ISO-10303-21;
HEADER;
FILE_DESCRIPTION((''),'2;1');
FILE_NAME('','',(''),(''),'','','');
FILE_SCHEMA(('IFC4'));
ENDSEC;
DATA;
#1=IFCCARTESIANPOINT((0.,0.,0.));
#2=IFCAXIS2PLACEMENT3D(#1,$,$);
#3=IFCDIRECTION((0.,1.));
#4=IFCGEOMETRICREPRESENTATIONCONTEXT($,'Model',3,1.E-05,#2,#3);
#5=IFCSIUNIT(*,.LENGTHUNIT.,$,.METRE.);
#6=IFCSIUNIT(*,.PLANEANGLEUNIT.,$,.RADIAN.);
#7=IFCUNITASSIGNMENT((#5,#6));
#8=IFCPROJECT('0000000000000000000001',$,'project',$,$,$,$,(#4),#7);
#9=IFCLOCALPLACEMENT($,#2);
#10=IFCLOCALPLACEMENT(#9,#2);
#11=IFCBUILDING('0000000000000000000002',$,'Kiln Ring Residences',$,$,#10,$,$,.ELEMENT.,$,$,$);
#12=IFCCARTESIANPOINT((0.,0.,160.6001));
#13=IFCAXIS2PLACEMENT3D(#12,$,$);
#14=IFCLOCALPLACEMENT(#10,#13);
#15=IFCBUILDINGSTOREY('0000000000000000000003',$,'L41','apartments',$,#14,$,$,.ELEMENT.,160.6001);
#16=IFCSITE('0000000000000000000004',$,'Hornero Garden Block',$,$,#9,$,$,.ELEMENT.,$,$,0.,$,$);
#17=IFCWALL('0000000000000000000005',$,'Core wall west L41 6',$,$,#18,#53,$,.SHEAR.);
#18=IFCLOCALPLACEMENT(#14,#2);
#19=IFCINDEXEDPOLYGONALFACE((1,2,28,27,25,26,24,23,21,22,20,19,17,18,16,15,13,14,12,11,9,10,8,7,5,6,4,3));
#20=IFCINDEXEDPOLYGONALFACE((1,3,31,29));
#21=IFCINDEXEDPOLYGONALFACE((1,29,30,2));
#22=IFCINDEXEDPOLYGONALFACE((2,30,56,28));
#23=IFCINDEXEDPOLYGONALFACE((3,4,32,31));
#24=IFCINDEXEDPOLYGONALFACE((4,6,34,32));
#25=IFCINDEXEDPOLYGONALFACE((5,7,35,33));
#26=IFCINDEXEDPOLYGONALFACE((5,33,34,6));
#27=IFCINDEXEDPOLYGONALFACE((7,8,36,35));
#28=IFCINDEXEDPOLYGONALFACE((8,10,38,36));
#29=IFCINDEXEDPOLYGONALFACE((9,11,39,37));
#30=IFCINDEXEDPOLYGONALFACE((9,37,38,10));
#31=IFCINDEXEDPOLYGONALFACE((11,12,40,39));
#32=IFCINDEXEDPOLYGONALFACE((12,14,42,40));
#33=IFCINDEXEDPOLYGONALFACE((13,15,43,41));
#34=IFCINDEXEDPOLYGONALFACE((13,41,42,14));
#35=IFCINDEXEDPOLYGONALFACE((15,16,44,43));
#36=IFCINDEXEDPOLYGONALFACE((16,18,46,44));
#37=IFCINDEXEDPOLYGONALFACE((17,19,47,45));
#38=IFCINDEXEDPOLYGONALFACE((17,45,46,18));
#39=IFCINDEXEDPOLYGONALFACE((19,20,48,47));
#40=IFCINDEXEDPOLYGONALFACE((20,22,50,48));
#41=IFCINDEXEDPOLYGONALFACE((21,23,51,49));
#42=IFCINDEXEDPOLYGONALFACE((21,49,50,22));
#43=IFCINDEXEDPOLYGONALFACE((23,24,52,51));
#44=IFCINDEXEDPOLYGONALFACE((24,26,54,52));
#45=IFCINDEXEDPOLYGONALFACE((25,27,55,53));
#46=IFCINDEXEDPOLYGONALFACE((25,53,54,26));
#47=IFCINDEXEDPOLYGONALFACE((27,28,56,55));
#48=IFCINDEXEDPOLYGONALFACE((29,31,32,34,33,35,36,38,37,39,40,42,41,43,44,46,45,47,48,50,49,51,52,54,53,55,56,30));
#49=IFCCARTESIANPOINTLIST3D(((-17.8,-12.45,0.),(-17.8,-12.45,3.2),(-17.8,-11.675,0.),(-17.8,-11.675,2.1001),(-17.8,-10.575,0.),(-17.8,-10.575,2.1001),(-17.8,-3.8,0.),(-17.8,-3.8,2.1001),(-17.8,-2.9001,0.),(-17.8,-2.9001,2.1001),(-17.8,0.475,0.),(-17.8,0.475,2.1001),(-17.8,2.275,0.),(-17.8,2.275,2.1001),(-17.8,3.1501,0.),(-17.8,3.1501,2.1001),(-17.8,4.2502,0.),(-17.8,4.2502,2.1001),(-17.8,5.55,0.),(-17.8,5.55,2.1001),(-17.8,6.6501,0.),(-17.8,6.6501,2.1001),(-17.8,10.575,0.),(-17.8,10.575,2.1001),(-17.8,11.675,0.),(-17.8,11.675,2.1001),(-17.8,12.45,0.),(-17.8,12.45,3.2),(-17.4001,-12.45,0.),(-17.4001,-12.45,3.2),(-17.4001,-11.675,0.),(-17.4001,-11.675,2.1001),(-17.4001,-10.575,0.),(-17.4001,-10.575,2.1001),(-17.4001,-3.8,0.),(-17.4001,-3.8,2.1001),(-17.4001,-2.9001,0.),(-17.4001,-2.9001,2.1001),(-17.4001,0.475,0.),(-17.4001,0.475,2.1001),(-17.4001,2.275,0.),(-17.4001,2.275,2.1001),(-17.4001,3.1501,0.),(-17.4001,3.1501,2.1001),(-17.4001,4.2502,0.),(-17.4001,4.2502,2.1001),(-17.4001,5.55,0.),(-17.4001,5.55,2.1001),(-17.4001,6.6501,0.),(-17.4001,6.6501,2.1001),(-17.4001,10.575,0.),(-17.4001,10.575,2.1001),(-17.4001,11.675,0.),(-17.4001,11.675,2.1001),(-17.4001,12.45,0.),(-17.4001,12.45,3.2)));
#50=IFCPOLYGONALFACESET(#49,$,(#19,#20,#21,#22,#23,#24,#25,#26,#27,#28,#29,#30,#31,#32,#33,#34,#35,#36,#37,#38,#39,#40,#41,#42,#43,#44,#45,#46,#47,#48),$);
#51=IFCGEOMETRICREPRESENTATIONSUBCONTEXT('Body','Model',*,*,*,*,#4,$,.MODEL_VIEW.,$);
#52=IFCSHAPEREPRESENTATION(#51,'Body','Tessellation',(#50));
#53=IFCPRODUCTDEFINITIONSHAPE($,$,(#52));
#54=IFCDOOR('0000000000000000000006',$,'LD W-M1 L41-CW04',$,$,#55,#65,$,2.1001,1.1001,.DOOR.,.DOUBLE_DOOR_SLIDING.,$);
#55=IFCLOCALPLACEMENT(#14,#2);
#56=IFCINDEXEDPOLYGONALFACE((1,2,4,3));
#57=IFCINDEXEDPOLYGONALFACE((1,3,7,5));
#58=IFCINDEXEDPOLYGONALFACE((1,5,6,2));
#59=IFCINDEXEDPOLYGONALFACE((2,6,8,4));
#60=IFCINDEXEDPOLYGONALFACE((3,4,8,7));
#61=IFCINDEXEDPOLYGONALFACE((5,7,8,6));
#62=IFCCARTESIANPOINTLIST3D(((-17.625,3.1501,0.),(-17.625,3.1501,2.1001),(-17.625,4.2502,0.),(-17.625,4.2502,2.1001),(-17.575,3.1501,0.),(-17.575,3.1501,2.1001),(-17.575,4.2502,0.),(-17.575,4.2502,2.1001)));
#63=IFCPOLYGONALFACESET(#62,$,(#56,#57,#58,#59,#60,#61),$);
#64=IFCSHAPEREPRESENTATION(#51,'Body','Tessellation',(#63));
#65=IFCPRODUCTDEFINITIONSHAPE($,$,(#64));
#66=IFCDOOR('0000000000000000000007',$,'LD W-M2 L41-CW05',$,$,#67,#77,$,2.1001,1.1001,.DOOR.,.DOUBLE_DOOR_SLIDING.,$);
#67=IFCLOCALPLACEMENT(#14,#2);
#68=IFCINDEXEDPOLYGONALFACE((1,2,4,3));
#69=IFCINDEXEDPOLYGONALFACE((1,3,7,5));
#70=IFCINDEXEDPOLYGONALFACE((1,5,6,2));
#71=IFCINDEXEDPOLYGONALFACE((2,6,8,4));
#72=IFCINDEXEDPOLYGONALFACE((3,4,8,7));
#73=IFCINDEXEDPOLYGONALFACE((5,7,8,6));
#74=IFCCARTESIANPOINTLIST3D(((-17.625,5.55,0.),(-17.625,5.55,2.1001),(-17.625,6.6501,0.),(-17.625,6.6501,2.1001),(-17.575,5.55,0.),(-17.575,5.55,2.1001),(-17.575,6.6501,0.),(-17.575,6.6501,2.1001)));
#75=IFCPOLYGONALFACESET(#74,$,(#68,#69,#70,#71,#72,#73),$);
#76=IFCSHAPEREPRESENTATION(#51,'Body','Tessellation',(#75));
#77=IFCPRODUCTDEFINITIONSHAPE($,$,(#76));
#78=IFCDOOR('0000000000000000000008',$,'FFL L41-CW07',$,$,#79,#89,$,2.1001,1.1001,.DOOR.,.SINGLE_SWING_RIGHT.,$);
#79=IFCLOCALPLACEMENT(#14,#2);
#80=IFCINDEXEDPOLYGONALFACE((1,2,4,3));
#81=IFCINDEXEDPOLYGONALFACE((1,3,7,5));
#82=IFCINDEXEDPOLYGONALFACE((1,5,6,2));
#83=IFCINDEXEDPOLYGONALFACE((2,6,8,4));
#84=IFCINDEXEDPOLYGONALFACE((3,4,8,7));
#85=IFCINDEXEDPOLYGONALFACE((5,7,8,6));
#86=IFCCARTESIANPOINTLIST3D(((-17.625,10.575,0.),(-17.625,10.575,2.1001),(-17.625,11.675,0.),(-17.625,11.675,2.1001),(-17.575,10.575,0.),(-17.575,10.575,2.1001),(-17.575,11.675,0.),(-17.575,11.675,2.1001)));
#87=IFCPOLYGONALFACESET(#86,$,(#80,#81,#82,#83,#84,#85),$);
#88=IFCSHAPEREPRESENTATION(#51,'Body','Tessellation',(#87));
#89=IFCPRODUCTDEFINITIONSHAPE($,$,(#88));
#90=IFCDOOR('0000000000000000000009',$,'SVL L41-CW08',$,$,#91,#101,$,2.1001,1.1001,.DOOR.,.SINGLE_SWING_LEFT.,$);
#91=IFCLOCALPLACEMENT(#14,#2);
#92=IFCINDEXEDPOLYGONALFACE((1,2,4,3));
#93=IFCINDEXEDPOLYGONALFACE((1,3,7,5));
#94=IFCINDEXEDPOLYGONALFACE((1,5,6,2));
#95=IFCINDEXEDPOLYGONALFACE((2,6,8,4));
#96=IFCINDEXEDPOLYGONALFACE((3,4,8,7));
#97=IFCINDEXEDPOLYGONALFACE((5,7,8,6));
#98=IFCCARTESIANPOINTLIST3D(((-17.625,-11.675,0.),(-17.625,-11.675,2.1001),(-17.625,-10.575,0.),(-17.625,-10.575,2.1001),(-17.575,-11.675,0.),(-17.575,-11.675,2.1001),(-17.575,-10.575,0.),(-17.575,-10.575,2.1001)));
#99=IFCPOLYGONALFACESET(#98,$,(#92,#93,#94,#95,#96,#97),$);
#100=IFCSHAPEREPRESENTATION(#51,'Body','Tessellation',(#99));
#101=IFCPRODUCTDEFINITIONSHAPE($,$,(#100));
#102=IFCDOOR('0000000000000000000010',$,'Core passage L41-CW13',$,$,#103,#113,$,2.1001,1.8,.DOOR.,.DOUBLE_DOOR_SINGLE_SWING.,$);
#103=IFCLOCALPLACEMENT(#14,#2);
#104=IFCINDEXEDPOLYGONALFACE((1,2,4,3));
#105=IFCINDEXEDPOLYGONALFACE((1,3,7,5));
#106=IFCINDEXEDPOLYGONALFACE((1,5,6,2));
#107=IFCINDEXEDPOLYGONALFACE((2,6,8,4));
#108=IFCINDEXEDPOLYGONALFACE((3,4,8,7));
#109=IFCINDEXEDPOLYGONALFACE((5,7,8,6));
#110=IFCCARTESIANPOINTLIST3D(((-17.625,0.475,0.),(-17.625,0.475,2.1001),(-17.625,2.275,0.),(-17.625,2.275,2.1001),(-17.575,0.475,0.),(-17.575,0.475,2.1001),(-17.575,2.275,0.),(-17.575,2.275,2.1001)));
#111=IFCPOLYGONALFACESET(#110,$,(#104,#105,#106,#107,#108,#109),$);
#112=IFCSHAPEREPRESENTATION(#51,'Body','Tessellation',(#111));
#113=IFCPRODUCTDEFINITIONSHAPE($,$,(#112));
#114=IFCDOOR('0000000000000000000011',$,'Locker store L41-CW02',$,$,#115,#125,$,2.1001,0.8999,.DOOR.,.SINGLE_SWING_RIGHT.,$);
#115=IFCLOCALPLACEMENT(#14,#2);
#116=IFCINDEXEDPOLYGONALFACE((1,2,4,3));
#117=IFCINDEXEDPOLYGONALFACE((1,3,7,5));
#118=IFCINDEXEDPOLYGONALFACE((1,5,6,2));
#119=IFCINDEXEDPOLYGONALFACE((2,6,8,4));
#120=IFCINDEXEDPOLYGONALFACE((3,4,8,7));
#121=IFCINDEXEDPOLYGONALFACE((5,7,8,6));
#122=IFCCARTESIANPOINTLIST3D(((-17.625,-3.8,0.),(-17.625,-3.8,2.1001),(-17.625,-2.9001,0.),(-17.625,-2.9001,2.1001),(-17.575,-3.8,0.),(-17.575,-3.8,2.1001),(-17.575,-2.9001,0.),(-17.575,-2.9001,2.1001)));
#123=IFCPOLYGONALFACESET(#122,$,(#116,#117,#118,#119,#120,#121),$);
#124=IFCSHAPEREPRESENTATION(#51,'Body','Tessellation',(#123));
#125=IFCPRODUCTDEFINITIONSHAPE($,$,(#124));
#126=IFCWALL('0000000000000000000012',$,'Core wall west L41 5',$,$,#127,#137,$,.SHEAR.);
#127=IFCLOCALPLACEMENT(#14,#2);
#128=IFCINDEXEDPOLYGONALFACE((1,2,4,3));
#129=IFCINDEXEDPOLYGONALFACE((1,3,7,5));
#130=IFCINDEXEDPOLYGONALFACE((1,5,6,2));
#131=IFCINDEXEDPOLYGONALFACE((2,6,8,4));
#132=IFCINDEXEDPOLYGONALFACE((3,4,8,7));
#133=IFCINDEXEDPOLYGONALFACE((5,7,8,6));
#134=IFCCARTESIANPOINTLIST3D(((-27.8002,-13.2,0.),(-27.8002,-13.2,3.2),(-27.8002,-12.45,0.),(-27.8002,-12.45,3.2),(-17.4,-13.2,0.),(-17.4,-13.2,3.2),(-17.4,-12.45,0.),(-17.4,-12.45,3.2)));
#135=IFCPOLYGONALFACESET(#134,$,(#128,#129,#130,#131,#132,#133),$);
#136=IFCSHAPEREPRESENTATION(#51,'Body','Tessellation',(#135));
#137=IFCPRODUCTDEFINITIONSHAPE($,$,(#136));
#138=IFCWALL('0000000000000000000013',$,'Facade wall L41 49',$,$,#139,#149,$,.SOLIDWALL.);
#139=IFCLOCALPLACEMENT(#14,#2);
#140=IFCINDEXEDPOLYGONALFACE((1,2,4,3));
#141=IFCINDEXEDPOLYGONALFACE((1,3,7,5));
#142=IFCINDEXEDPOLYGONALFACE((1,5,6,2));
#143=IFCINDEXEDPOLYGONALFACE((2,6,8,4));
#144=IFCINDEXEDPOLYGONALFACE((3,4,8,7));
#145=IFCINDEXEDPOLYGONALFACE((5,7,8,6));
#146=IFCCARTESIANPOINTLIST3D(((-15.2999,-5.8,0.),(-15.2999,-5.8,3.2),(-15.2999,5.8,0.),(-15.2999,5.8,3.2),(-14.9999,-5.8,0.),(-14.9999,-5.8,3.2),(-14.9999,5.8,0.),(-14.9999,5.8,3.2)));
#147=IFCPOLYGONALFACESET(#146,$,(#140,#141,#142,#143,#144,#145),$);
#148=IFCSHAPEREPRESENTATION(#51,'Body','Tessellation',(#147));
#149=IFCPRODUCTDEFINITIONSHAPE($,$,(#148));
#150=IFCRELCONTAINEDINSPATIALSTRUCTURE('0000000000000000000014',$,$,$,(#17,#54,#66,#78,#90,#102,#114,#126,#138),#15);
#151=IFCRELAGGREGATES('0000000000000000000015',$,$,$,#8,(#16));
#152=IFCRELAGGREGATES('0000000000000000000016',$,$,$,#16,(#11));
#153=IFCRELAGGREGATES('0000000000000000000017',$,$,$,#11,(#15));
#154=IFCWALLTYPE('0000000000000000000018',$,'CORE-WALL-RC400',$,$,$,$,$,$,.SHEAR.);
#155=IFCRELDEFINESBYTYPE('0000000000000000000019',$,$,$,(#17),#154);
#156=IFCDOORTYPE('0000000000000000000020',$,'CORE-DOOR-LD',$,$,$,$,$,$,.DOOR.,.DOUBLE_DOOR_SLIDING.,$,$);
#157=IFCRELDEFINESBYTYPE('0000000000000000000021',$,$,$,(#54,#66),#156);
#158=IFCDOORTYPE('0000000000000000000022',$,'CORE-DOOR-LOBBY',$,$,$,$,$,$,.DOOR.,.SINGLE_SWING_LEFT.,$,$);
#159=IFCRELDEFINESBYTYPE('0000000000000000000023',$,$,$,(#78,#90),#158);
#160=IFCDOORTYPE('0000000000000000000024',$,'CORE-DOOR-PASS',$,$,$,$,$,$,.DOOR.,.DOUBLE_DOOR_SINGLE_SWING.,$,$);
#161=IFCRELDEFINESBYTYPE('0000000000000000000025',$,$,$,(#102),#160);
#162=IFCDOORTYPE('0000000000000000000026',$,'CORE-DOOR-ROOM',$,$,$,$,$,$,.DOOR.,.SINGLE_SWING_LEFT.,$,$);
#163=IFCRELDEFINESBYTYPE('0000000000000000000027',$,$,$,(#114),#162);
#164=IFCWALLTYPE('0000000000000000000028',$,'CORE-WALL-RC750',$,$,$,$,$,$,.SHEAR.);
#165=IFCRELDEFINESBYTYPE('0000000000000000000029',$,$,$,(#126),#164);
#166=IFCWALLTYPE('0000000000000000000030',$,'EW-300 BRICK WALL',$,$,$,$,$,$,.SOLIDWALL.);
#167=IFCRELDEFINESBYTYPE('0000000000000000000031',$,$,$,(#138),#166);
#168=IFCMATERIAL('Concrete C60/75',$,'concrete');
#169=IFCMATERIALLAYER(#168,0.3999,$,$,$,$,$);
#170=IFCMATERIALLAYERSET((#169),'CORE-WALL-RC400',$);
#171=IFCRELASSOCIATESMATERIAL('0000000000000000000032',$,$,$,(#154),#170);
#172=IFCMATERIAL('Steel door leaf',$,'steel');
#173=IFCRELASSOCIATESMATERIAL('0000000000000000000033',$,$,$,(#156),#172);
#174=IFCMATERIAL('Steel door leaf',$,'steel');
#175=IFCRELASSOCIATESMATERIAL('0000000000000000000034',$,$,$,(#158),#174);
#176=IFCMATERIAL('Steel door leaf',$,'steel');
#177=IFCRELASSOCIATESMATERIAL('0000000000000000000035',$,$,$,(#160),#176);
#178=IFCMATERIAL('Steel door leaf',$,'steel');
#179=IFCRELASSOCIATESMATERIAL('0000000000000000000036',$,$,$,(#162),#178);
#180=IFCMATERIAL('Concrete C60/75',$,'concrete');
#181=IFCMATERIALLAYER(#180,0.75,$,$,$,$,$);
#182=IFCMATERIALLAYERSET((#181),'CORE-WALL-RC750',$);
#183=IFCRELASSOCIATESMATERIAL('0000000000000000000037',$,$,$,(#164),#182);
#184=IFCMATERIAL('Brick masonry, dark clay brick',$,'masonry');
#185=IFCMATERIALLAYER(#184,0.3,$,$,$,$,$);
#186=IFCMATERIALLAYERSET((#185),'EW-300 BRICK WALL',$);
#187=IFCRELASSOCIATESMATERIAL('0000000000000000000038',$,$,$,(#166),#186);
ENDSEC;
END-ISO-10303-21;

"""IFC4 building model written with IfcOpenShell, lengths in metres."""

from ifc_helpers import new_model, si_unit, direction, frame, frame_2d, origin, place, context, subcontext, project, spatial, rectangle, extrude, material, layer, layer_set, type_object, element, fill, save


model = new_model("IFC4")

# Units and contexts
model_context = context("Model", 3, precision=1e-05, world=origin(), true_north=direction((0.0, 1.0)))
body_context = subcontext(model_context, "Body", "Model", "MODEL_VIEW")
ifc_project = project(units=[si_unit("LENGTHUNIT", "METRE"), si_unit("PLANEANGLEUNIT", "RADIAN")], contexts=[model_context])

# Site, building, storey
site_placement = place(None, origin())
site = spatial("IfcSite", under=ifc_project, at=site_placement, Name="Hornero Garden Block", CompositionType="ELEMENT", RefElevation=0.0)
building_placement = place(site_placement, origin())
building = spatial("IfcBuilding", under=site, at=building_placement, Name="Kiln Ring Residences", CompositionType="ELEMENT")
storey_placement = place(building_placement, frame((0.0, 0.0, 160.6001)))
storey = spatial("IfcBuildingStorey", under=building, at=storey_placement, Name="L41", Description="apartments", CompositionType="ELEMENT", Elevation=160.6001)

# Wall, openings, doors
ifc_material_1 = material(Name="Concrete C60/75", Category="concrete")
ifc_layer_1 = layer(ifc_material_1, 0.3999)
ifc_layer_set_1 = layer_set([ifc_layer_1], Name="CORE-WALL-RC400")
wall_type_1 = type_object("IfcWallType", Name="CORE-WALL-RC400", PredefinedType="SHEAR", material=ifc_layer_set_1)
wall_1_placement = place(storey_placement, frame((-17.6001, -12.45, 0.0), z_axis=(0.0, 0.0, 1.0), x_axis=(0.0, 1.0, 0.0)))
wall_1 = element("IfcWall", 1, at=wall_1_placement, inside=storey, type_object=wall_type_1, Name="Core wall west L41 6", PredefinedType="SHEAR", context=body_context, shape_type="SweptSolid", body=[
    extrude(rectangle(XDim=24.8999, YDim=0.3999, at=frame_2d((12.45, 0.0))), origin(), (0.0, 0.0, 1.0), 3.2),
])
opening_1_placement = place(wall_1_placement, frame((8.6499, 0.0, 0.0)))
opening_1 = element("IfcOpeningElement", 2, at=opening_1_placement, cuts=wall_1, PredefinedType="OPENING", context=body_context, shape_type="SweptSolid", body=[
    extrude(rectangle(XDim=0.8999, YDim=2.1001, at=frame_2d((0.45, 1.05))), frame((0.0, 0.21, 0.0), z_axis=(0.0, -1.0, 0.0), x_axis=(1.0, 0.0, 0.0)), (0.0, 0.0, 1.0), 0.4199),
])
opening_2_placement = place(wall_1_placement, frame((15.6001, 0.0, 0.0)))
opening_2 = element("IfcOpeningElement", 3, at=opening_2_placement, cuts=wall_1, PredefinedType="OPENING", context=body_context, shape_type="SweptSolid", body=[
    extrude(rectangle(XDim=1.1001, YDim=2.1001, at=frame_2d((0.55, 1.05))), frame((0.0, 0.21, 0.0), z_axis=(0.0, -1.0, 0.0), x_axis=(1.0, 0.0, 0.0)), (0.0, 0.0, 1.0), 0.4199),
])
opening_3_placement = place(wall_1_placement, frame((18.0, 0.0, 0.0)))
opening_3 = element("IfcOpeningElement", 4, at=opening_3_placement, cuts=wall_1, PredefinedType="OPENING", context=body_context, shape_type="SweptSolid", body=[
    extrude(rectangle(XDim=1.1001, YDim=2.1001, at=frame_2d((0.55, 1.05))), frame((0.0, 0.21, 0.0), z_axis=(0.0, -1.0, 0.0), x_axis=(1.0, 0.0, 0.0)), (0.0, 0.0, 1.0), 0.4199),
])
opening_4_placement = place(wall_1_placement, frame((23.0249, 0.0, 0.0)))
opening_4 = element("IfcOpeningElement", 5, at=opening_4_placement, cuts=wall_1, PredefinedType="OPENING", context=body_context, shape_type="SweptSolid", body=[
    extrude(rectangle(XDim=1.1001, YDim=2.1001, at=frame_2d((0.55, 1.05))), frame((0.0, 0.21, 0.0), z_axis=(0.0, -1.0, 0.0), x_axis=(1.0, 0.0, 0.0)), (0.0, 0.0, 1.0), 0.4199),
])
opening_5_placement = place(wall_1_placement, frame((0.7749, 0.0, 0.0)))
opening_5 = element("IfcOpeningElement", 6, at=opening_5_placement, cuts=wall_1, PredefinedType="OPENING", context=body_context, shape_type="SweptSolid", body=[
    extrude(rectangle(XDim=1.1001, YDim=2.1001, at=frame_2d((0.55, 1.05))), frame((0.0, 0.21, 0.0), z_axis=(0.0, -1.0, 0.0), x_axis=(1.0, 0.0, 0.0)), (0.0, 0.0, 1.0), 0.4199),
])
opening_6_placement = place(wall_1_placement, frame((12.925, 0.0, 0.0)))
opening_6 = element("IfcOpeningElement", 7, at=opening_6_placement, cuts=wall_1, PredefinedType="OPENING", context=body_context, shape_type="SweptSolid", body=[
    extrude(rectangle(XDim=1.8, YDim=2.1001, at=frame_2d((0.8999, 1.05))), frame((0.0, 0.21, 0.0), z_axis=(0.0, -1.0, 0.0), x_axis=(1.0, 0.0, 0.0)), (0.0, 0.0, 1.0), 0.4199),
])
ifc_material_2 = material(Name="Steel door leaf", Category="steel")
door_type_1 = type_object("IfcDoorType", Name="CORE-DOOR-LD", OperationType="DOUBLE_DOOR_SLIDING", PredefinedType="DOOR", material=ifc_material_2)
door_1_placement = place(opening_2_placement, origin())
door_1 = element("IfcDoor", 8, at=door_1_placement, inside=storey, type_object=door_type_1, Name="LD W-M1 L41-CW04", OperationType="DOUBLE_DOOR_SLIDING", OverallHeight=2.1001, OverallWidth=1.1001, PredefinedType="DOOR", context=body_context, shape_type="SweptSolid", body=[
    extrude(rectangle(XDim=1.1001, YDim=2.1001, at=frame_2d((0.55, 1.05))), frame((0.0, 0.0249, 0.0), z_axis=(0.0, -1.0, 0.0), x_axis=(1.0, 0.0, 0.0)), (0.0, 0.0, 1.0), 0.05),
])
fill(opening_2, door_1)
door_2_placement = place(opening_3_placement, origin())
door_2 = element("IfcDoor", 9, at=door_2_placement, inside=storey, type_object=door_type_1, Name="LD W-M2 L41-CW05", OperationType="DOUBLE_DOOR_SLIDING", OverallHeight=2.1001, OverallWidth=1.1001, PredefinedType="DOOR", context=body_context, shape_type="SweptSolid", body=[
    extrude(rectangle(XDim=1.1001, YDim=2.1001, at=frame_2d((0.55, 1.05))), frame((0.0, 0.0249, 0.0), z_axis=(0.0, -1.0, 0.0), x_axis=(1.0, 0.0, 0.0)), (0.0, 0.0, 1.0), 0.05),
])
fill(opening_3, door_2)
ifc_material_3 = material(Name="Steel door leaf", Category="steel")
door_type_2 = type_object("IfcDoorType", Name="CORE-DOOR-LOBBY", OperationType="SINGLE_SWING_LEFT", PredefinedType="DOOR", material=ifc_material_3)
door_3_placement = place(opening_4_placement, origin())
door_3 = element("IfcDoor", 10, at=door_3_placement, inside=storey, type_object=door_type_2, Name="FFL L41-CW07", OperationType="SINGLE_SWING_RIGHT", OverallHeight=2.1001, OverallWidth=1.1001, PredefinedType="DOOR", context=body_context, shape_type="SweptSolid", body=[
    extrude(rectangle(XDim=1.1001, YDim=2.1001, at=frame_2d((0.55, 1.05))), frame((0.0, 0.0249, 0.0), z_axis=(0.0, -1.0, 0.0), x_axis=(1.0, 0.0, 0.0)), (0.0, 0.0, 1.0), 0.05),
])
fill(opening_4, door_3)
door_4_placement = place(opening_5_placement, origin())
door_4 = element("IfcDoor", 11, at=door_4_placement, inside=storey, type_object=door_type_2, Name="SVL L41-CW08", OperationType="SINGLE_SWING_LEFT", OverallHeight=2.1001, OverallWidth=1.1001, PredefinedType="DOOR", context=body_context, shape_type="SweptSolid", body=[
    extrude(rectangle(XDim=1.1001, YDim=2.1001, at=frame_2d((0.55, 1.05))), frame((0.0, 0.0249, 0.0), z_axis=(0.0, -1.0, 0.0), x_axis=(1.0, 0.0, 0.0)), (0.0, 0.0, 1.0), 0.05),
])
fill(opening_5, door_4)
ifc_material_4 = material(Name="Steel door leaf", Category="steel")
door_type_3 = type_object("IfcDoorType", Name="CORE-DOOR-PASS", OperationType="DOUBLE_DOOR_SINGLE_SWING", PredefinedType="DOOR", material=ifc_material_4)
door_5_placement = place(opening_6_placement, origin())
door_5 = element("IfcDoor", 12, at=door_5_placement, inside=storey, type_object=door_type_3, Name="Core passage L41-CW13", OperationType="DOUBLE_DOOR_SINGLE_SWING", OverallHeight=2.1001, OverallWidth=1.8, PredefinedType="DOOR", context=body_context, shape_type="SweptSolid", body=[
    extrude(rectangle(XDim=1.8, YDim=2.1001, at=frame_2d((0.8999, 1.05))), frame((0.0, 0.0249, 0.0), z_axis=(0.0, -1.0, 0.0), x_axis=(1.0, 0.0, 0.0)), (0.0, 0.0, 1.0), 0.05),
])
fill(opening_6, door_5)
ifc_material_5 = material(Name="Steel door leaf", Category="steel")
door_type_4 = type_object("IfcDoorType", Name="CORE-DOOR-ROOM", OperationType="SINGLE_SWING_LEFT", PredefinedType="DOOR", material=ifc_material_5)
door_6_placement = place(opening_1_placement, origin())
door_6 = element("IfcDoor", 13, at=door_6_placement, inside=storey, type_object=door_type_4, Name="Locker store L41-CW02", OperationType="SINGLE_SWING_RIGHT", OverallHeight=2.1001, OverallWidth=0.8999, PredefinedType="DOOR", context=body_context, shape_type="SweptSolid", body=[
    extrude(rectangle(XDim=0.8999, YDim=2.1001, at=frame_2d((0.45, 1.05))), frame((0.0, 0.0249, 0.0), z_axis=(0.0, -1.0, 0.0), x_axis=(1.0, 0.0, 0.0)), (0.0, 0.0, 1.0), 0.05),
])
fill(opening_1, door_6)

# Walls
ifc_material_6 = material(Name="Concrete C60/75", Category="concrete")
ifc_layer_2 = layer(ifc_material_6, 0.75)
ifc_layer_set_2 = layer_set([ifc_layer_2], Name="CORE-WALL-RC750")
wall_type_2 = type_object("IfcWallType", Name="CORE-WALL-RC750", PredefinedType="SHEAR", material=ifc_layer_set_2)
wall_2_placement = place(storey_placement, frame((-17.3999, -12.825, 0.0), z_axis=(0.0, 0.0, 1.0), x_axis=(-1.0, 0.0, 0.0)))
element("IfcWall", 14, at=wall_2_placement, inside=storey, type_object=wall_type_2, Name="Core wall west L41 5", PredefinedType="SHEAR", context=body_context, shape_type="SweptSolid", body=[
    extrude(rectangle(XDim=10.4001, YDim=0.75, at=frame_2d((5.2002, 0.0))), origin(), (0.0, 0.0, 1.0), 3.2),
])
ifc_material_7 = material(Name="Brick masonry, dark clay brick", Category="masonry")
ifc_layer_3 = layer(ifc_material_7, 0.3)
ifc_layer_set_3 = layer_set([ifc_layer_3], Name="EW-300 BRICK WALL")
wall_type_3 = type_object("IfcWallType", Name="EW-300 BRICK WALL", PredefinedType="SOLIDWALL", material=ifc_layer_set_3)
wall_3_placement = place(storey_placement, frame((-15.1499, -5.8, 0.0), z_axis=(0.0, 0.0, 1.0), x_axis=(0.0, 1.0, 0.0)))
element("IfcWall", 15, at=wall_3_placement, inside=storey, type_object=wall_type_3, Name="Facade wall L41 49", PredefinedType="SOLIDWALL", context=body_context, shape_type="SweptSolid", body=[
    extrude(rectangle(XDim=11.6001, YDim=0.3, at=frame_2d((5.8, 0.0))), origin(), (0.0, 0.0, 1.0), 3.2),
])

save(model, "model.ifc")
